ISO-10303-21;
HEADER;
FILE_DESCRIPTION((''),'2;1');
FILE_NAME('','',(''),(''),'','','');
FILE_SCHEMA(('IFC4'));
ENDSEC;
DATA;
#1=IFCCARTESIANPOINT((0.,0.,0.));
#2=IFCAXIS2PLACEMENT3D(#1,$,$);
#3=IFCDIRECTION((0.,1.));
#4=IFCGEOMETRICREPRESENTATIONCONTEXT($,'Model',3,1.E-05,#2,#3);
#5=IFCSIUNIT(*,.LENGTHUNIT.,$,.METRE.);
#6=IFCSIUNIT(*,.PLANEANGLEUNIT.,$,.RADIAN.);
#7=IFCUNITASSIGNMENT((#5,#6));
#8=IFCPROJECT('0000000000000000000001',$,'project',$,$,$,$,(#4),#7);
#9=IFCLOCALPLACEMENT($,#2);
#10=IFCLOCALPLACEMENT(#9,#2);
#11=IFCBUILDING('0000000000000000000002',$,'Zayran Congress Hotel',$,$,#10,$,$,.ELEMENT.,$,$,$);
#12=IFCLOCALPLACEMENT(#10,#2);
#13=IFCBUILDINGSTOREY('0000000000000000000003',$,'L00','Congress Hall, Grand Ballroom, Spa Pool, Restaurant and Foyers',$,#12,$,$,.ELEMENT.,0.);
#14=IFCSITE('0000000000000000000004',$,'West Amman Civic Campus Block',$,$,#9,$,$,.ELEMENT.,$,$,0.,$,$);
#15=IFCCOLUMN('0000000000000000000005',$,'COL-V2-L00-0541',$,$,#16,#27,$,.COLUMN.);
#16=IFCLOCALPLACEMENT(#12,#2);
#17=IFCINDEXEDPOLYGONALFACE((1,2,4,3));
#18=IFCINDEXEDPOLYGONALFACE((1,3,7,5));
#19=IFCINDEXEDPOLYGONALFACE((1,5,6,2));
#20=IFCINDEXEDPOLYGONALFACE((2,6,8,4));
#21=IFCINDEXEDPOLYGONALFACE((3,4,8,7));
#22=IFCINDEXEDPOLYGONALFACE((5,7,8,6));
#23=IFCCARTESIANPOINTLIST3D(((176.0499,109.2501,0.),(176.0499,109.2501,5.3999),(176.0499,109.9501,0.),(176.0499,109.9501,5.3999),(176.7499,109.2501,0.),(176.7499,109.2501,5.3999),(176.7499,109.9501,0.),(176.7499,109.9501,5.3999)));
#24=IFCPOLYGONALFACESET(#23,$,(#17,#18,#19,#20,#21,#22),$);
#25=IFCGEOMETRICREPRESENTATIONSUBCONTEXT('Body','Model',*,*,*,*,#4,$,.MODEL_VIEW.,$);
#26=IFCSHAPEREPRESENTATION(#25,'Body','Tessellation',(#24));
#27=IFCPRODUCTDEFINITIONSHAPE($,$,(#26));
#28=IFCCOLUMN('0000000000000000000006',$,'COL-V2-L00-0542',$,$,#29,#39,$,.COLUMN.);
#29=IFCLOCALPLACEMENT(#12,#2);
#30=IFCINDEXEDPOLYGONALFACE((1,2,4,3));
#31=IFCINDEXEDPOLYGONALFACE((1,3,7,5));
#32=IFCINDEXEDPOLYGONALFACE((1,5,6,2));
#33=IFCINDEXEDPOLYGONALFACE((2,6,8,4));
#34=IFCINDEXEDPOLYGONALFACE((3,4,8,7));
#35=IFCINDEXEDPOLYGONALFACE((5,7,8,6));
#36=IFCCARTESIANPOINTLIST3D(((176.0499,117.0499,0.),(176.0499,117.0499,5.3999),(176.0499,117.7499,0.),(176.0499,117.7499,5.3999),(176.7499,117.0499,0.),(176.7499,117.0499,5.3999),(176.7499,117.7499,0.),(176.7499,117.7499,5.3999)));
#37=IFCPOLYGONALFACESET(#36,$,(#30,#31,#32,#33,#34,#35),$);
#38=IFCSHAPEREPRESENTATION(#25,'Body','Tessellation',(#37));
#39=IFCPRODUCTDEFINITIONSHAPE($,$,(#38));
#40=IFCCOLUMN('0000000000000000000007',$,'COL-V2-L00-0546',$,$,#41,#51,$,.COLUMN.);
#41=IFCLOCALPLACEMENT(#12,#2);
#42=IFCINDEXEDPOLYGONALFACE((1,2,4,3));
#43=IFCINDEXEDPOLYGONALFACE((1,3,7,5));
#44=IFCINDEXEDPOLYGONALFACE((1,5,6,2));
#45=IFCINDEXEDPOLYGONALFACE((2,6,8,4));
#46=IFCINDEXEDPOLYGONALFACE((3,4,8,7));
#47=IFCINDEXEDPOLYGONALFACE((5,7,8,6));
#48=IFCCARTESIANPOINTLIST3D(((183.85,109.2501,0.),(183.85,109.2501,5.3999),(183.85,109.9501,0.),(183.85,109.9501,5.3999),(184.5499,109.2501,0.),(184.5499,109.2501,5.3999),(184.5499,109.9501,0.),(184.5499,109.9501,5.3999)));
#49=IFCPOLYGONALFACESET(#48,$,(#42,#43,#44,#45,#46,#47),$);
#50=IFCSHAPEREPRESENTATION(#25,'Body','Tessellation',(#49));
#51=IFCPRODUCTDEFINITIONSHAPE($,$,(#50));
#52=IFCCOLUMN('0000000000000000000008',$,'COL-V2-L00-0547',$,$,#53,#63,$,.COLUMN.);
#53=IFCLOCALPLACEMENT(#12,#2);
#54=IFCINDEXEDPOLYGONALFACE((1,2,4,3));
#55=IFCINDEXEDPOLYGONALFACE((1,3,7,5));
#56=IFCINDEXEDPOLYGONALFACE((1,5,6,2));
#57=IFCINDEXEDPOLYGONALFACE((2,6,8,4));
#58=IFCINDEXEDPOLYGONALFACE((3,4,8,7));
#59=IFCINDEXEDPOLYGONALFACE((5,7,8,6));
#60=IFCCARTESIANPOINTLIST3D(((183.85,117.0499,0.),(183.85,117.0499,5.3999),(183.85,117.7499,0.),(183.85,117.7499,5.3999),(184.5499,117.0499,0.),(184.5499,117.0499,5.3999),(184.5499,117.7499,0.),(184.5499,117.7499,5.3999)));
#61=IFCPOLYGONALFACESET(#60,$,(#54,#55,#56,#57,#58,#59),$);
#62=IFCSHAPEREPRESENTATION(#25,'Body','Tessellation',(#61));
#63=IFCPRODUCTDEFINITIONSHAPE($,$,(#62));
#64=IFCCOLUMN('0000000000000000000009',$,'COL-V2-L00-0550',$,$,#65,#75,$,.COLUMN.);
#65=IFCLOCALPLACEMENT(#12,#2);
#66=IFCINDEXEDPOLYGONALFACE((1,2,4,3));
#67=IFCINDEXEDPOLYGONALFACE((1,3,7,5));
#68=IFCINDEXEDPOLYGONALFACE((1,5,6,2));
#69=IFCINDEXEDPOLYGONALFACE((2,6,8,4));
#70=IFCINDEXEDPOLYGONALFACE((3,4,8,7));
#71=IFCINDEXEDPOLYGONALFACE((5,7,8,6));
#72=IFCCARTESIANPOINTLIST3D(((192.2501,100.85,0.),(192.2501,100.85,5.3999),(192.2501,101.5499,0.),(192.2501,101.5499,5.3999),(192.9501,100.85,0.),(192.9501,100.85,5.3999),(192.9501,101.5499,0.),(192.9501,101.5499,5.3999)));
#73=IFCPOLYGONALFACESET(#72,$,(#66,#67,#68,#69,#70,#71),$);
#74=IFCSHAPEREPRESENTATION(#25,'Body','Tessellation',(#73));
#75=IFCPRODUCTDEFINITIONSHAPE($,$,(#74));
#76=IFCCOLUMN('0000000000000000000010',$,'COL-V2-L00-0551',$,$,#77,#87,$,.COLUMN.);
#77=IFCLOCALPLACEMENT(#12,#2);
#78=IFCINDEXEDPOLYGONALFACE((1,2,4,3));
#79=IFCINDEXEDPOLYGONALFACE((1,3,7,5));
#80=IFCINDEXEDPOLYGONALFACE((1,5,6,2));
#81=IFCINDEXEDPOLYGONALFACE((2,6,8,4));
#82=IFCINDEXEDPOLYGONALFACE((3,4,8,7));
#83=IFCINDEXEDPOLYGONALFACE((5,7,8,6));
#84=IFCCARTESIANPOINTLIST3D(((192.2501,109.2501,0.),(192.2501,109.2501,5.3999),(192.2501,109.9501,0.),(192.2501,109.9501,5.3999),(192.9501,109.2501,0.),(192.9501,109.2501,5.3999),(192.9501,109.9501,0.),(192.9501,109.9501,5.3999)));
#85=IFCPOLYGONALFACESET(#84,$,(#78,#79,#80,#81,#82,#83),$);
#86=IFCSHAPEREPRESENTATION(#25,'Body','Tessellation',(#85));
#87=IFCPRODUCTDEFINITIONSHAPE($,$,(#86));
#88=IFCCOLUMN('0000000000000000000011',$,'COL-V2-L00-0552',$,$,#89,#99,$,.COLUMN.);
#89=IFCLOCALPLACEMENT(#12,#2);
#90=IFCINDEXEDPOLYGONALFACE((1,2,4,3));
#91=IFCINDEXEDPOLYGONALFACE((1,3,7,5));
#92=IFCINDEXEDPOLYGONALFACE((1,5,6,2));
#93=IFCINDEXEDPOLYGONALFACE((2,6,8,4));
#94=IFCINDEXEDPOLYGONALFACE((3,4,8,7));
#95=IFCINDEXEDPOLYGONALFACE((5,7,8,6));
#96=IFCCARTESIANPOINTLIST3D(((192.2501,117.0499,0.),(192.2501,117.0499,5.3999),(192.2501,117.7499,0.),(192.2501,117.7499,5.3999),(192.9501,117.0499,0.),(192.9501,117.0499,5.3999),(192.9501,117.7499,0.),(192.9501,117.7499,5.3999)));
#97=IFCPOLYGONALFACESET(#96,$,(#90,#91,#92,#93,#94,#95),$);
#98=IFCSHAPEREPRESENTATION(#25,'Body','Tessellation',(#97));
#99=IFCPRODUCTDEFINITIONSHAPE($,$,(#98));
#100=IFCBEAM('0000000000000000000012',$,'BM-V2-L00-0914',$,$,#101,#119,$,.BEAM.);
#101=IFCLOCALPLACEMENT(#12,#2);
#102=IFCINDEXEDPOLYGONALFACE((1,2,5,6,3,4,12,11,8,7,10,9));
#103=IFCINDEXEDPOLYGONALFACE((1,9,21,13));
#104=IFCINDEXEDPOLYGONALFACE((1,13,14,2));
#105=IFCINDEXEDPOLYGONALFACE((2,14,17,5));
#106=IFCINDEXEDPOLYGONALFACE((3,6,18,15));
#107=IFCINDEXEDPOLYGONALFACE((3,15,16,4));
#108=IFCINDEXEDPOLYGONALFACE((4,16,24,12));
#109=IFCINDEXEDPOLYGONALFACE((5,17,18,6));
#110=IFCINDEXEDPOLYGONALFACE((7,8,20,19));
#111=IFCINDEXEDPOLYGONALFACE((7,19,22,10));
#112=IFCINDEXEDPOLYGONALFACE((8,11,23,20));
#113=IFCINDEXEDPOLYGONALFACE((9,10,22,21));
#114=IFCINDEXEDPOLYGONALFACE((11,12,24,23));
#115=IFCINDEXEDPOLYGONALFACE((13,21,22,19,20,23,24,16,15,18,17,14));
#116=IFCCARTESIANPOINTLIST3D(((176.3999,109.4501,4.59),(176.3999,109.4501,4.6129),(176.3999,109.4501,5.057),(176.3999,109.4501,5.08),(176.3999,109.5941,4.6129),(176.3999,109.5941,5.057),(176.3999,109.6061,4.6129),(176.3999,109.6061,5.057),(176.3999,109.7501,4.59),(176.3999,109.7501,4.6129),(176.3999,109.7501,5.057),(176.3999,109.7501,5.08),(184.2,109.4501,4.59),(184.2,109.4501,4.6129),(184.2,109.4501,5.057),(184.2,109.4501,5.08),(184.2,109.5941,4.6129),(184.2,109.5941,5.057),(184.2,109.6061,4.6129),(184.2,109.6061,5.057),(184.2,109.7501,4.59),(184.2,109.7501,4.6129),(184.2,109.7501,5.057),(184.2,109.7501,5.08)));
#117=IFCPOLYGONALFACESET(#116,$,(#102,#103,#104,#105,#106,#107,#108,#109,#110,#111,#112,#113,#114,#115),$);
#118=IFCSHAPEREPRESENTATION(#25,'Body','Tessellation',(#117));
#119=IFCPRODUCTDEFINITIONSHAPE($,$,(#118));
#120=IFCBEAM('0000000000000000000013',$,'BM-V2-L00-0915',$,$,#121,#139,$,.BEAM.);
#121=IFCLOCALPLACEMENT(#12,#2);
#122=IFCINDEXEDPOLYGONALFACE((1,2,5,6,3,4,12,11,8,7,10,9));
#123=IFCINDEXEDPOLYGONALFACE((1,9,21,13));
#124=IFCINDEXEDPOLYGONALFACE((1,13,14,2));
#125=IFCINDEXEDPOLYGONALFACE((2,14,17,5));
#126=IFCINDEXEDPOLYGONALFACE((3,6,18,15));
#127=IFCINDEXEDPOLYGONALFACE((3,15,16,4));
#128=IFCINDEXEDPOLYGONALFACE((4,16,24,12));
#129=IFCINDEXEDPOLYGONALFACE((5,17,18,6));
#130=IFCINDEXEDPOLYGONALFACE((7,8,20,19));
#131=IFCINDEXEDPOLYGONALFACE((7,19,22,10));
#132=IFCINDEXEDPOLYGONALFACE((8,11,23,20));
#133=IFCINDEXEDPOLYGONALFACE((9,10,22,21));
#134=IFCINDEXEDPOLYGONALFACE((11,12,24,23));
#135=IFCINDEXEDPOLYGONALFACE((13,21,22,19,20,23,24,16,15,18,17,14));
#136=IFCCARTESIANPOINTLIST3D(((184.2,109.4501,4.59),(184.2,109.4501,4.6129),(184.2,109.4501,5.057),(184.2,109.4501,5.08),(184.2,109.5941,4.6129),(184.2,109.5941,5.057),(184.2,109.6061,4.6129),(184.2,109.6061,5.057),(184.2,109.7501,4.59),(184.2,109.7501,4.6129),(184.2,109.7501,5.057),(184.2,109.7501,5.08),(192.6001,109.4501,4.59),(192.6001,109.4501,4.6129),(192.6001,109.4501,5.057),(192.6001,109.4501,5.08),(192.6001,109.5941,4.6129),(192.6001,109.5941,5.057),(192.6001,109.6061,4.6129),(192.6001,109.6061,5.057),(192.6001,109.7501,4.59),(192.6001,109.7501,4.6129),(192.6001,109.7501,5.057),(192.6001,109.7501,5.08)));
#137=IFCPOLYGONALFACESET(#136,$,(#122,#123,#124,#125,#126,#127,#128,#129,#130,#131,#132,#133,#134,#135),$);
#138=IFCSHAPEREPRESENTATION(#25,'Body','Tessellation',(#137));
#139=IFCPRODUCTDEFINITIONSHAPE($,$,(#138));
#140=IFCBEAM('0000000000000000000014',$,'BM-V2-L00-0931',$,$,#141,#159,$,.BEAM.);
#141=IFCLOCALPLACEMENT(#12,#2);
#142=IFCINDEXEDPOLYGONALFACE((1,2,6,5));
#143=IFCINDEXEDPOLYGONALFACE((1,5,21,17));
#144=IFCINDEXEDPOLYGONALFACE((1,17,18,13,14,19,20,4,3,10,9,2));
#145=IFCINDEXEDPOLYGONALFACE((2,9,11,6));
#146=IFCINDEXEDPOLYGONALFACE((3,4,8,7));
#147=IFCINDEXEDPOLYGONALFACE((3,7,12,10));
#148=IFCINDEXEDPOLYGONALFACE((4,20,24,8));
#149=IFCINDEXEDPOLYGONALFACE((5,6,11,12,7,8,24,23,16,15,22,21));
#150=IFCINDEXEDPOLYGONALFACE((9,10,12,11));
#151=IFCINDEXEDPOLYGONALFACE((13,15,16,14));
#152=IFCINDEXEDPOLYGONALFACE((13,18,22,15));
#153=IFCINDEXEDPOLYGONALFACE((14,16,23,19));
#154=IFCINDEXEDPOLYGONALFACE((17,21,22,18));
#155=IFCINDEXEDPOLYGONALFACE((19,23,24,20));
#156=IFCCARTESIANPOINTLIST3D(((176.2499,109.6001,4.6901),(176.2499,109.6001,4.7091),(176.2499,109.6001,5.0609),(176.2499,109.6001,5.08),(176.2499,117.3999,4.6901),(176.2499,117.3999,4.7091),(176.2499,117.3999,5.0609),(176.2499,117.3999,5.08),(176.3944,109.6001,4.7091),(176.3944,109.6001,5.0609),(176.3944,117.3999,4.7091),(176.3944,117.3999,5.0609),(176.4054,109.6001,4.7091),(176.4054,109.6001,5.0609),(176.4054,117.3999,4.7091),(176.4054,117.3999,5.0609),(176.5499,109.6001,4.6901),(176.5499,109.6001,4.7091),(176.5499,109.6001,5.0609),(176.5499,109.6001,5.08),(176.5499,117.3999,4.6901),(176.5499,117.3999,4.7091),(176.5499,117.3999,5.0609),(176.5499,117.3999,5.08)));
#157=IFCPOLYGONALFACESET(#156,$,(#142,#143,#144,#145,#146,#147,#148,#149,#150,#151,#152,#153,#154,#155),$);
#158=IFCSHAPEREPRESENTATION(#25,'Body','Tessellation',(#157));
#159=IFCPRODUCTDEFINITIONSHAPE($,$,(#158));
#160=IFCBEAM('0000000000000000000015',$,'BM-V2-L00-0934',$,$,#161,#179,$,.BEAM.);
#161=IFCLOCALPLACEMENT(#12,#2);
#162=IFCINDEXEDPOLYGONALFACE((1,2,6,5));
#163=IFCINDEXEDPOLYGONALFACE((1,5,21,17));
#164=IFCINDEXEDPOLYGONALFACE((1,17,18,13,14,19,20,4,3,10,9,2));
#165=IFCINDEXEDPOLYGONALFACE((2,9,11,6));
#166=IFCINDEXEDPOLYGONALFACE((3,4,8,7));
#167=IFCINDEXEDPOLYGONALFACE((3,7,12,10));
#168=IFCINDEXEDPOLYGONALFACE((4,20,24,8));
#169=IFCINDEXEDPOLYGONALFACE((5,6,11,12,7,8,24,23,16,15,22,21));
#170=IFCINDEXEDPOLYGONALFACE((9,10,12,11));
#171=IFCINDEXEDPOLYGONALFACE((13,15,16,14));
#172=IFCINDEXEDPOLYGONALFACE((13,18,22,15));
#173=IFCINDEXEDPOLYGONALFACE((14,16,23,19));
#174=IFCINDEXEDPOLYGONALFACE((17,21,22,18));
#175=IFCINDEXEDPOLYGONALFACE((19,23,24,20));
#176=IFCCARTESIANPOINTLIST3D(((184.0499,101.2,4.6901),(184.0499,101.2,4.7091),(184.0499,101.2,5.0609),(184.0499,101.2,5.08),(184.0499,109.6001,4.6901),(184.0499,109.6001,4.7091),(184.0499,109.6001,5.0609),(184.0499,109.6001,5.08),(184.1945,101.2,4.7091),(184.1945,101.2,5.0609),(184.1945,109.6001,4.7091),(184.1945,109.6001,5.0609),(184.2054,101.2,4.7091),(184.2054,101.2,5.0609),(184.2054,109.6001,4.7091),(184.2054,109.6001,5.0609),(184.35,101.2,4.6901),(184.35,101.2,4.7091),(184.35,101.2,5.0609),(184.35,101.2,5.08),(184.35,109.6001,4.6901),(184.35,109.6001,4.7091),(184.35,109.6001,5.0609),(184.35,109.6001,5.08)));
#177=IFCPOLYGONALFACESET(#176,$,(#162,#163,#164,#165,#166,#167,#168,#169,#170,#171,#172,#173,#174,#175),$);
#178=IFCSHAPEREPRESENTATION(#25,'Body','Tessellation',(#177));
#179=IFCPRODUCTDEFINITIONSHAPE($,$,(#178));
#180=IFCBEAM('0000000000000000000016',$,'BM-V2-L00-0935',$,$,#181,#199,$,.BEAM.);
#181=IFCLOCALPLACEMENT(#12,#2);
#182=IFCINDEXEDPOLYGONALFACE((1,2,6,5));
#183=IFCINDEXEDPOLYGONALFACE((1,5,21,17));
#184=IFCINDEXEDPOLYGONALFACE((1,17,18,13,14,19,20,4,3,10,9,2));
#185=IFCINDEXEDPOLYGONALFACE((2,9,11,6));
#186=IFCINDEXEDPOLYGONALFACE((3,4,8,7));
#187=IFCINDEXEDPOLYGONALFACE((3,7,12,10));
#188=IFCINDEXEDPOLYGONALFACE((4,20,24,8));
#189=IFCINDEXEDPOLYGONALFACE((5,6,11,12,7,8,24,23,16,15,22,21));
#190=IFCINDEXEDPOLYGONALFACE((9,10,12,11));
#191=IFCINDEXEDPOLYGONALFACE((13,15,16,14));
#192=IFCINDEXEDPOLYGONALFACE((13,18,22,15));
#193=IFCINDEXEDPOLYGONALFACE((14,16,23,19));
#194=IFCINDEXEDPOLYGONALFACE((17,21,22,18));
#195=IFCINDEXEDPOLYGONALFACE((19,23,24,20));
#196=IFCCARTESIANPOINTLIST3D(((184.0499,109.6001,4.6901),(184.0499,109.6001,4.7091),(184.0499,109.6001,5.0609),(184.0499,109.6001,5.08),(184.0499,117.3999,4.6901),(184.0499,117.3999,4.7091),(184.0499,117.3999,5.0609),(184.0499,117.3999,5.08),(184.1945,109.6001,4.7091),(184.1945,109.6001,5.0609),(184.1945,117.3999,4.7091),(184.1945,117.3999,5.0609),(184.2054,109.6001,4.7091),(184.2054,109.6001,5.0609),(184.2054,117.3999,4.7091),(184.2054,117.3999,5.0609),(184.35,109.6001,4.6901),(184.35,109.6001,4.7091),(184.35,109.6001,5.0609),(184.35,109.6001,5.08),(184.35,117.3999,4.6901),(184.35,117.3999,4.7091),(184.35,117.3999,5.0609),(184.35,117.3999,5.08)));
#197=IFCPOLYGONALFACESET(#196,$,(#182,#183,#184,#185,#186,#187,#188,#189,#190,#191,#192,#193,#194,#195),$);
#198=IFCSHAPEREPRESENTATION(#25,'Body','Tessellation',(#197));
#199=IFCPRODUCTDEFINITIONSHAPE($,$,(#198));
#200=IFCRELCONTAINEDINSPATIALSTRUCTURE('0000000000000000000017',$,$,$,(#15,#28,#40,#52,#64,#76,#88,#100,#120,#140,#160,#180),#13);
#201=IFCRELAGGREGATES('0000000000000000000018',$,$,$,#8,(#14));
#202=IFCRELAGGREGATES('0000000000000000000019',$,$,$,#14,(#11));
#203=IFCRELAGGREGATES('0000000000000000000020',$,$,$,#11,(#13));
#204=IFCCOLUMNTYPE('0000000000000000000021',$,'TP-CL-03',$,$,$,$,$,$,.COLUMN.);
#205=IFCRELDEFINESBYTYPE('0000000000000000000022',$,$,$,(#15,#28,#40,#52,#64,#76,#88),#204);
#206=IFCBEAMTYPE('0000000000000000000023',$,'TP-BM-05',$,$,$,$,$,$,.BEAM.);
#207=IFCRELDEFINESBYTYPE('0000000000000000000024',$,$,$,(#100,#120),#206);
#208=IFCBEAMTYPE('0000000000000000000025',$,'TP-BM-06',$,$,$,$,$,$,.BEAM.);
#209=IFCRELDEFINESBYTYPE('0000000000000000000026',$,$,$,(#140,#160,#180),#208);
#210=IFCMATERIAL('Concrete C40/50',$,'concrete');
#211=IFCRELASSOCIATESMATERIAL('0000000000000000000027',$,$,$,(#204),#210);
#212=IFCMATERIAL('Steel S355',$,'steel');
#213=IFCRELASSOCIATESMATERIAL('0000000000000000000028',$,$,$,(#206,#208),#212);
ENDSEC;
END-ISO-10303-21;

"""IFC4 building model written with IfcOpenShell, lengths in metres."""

from ifc_helpers import new_model, si_unit, direction, frame, origin, origin_2d, place, context, subcontext, project, spatial, rectangle, i_section, extrude, material, material_profile, profile_set, type_object, element, save


model = new_model("IFC4")

# Units and contexts
model_context = context("Model", 3, precision=1e-05, world=origin(), true_north=direction((0.0, 1.0)))
body_context = subcontext(model_context, "Body", "Model", "MODEL_VIEW")
ifc_project = project(units=[si_unit("LENGTHUNIT", "METRE"), si_unit("PLANEANGLEUNIT", "RADIAN")], contexts=[model_context])

# Site, building, storey
site_placement = place(None, origin())
site = spatial("IfcSite", under=ifc_project, at=site_placement, Name="West Amman Civic Campus Block", CompositionType="ELEMENT", RefElevation=0.0)
building_placement = place(site_placement, origin())
building = spatial("IfcBuilding", under=site, at=building_placement, Name="Zayran Congress Hotel", CompositionType="ELEMENT")
storey_placement = place(building_placement, origin())
storey = spatial("IfcBuildingStorey", under=building, at=storey_placement, Name="L00", Description="Congress Hall, Grand Ballroom, Spa Pool, Restaurant and Foyers", CompositionType="ELEMENT", Elevation=0.0)

# Columns
ifc_material_1 = material(Name="Concrete C40/50", Category="concrete")
ifc_material_profile_1 = material_profile(ifc_material_1, rectangle(XDim=0.7, YDim=0.7, at=origin_2d()), Name="RC 700x700")
ifc_profile_set_1 = profile_set([ifc_material_profile_1], Name="Concrete C40/50")
column_type = type_object("IfcColumnType", Name="TP-CL-03", PredefinedType="COLUMN", material=ifc_profile_set_1)
for number, where, z_axis, x_axis, name in (
    (1, (176.3999, 109.6001, 0.0), (0.0, 0.0, 1.0), (1.0, 0.0, 0.0), "COL-V2-L00-0541"),
    (2, (176.3999, 117.3999, 0.0), (0.0, 0.0, 1.0), (1.0, 0.0, 0.0), "COL-V2-L00-0542"),
    (3, (184.2, 109.6001, 0.0), (0.0, 0.0, 1.0), (1.0, 0.0, 0.0), "COL-V2-L00-0546"),
    (4, (184.2, 117.3999, 0.0), (0.0, 0.0, 1.0), (1.0, 0.0, 0.0), "COL-V2-L00-0547"),
    (5, (192.6001, 101.2, 0.0), (0.0, 0.0, 1.0), (1.0, 0.0, 0.0), "COL-V2-L00-0550"),
    (6, (192.6001, 109.6001, 0.0), (0.0, 0.0, 1.0), (1.0, 0.0, 0.0), "COL-V2-L00-0551"),
    (7, (192.6001, 117.3999, 0.0), (0.0, 0.0, 1.0), (1.0, 0.0, 0.0), "COL-V2-L00-0552"),
):
    element("IfcColumn", number, at=place(storey_placement, frame(where, z_axis=z_axis, x_axis=x_axis)), inside=storey, type_object=column_type, Name=name, PredefinedType="COLUMN", context=body_context, shape_type="SweptSolid", body=[
        extrude(rectangle(XDim=0.7, YDim=0.7, at=origin_2d()), origin(), (0.0, 0.0, 1.0), 5.3999),
    ])

# Beams
ifc_material_2 = material(Name="Steel S355", Category="steel")
ifc_material_profile_2 = material_profile(ifc_material_2, i_section(OverallWidth=0.3, OverallDepth=0.49, WebThickness=0.012, FlangeThickness=0.0229, at=origin_2d()), Name="HEA 500")
ifc_profile_set_2 = profile_set([ifc_material_profile_2], Name="Steel S355")
beam_type_1 = type_object("IfcBeamType", Name="TP-BM-05", PredefinedType="BEAM", material=ifc_profile_set_2)
beam_1_placement = place(storey_placement, frame((176.3999, 109.6001, 4.835), z_axis=(1.0, 0.0, 0.0), x_axis=(0.0, 1.0, 0.0)))
element("IfcBeam", 8, at=beam_1_placement, inside=storey, type_object=beam_type_1, Name="BM-V2-L00-0914", PredefinedType="BEAM", context=body_context, shape_type="SweptSolid", body=[
    extrude(i_section(OverallWidth=0.3, OverallDepth=0.49, WebThickness=0.012, FlangeThickness=0.0229, at=origin_2d()), origin(), (0.0, 0.0, 1.0), 7.8),
])
beam_2_placement = place(storey_placement, frame((184.2, 109.6001, 4.835), z_axis=(1.0, 0.0, 0.0), x_axis=(0.0, 1.0, 0.0)))
element("IfcBeam", 9, at=beam_2_placement, inside=storey, type_object=beam_type_1, Name="BM-V2-L00-0915", PredefinedType="BEAM", context=body_context, shape_type="SweptSolid", body=[
    extrude(i_section(OverallWidth=0.3, OverallDepth=0.49, WebThickness=0.012, FlangeThickness=0.0229, at=origin_2d()), origin(), (0.0, 0.0, 1.0), 8.4001),
])
ifc_material_profile_3 = material_profile(ifc_material_2, i_section(OverallWidth=0.3, OverallDepth=0.3899, WebThickness=0.011, FlangeThickness=0.019, at=origin_2d()), Name="HEA 400")
ifc_profile_set_3 = profile_set([ifc_material_profile_3], Name="Steel S355")
beam_type_2 = type_object("IfcBeamType", Name="TP-BM-06", PredefinedType="BEAM", material=ifc_profile_set_3)
beam_3_placement = place(storey_placement, frame((176.3999, 109.6001, 4.885), z_axis=(0.0, 1.0, 0.0), x_axis=(-1.0, 0.0, 0.0)))
element("IfcBeam", 10, at=beam_3_placement, inside=storey, type_object=beam_type_2, Name="BM-V2-L00-0931", PredefinedType="BEAM", context=body_context, shape_type="SweptSolid", body=[
    extrude(i_section(OverallWidth=0.3, OverallDepth=0.3899, WebThickness=0.011, FlangeThickness=0.019, at=origin_2d()), origin(), (0.0, 0.0, 1.0), 7.7998),
])
beam_4_placement = place(storey_placement, frame((184.2, 101.2, 4.885), z_axis=(0.0, 1.0, 0.0), x_axis=(-1.0, 0.0, 0.0)))
element("IfcBeam", 11, at=beam_4_placement, inside=storey, type_object=beam_type_2, Name="BM-V2-L00-0934", PredefinedType="BEAM", context=body_context, shape_type="SweptSolid", body=[
    extrude(i_section(OverallWidth=0.3, OverallDepth=0.3899, WebThickness=0.011, FlangeThickness=0.019, at=origin_2d()), origin(), (0.0, 0.0, 1.0), 8.4001),
])
beam_5_placement = place(storey_placement, frame((184.2, 109.6001, 4.885), z_axis=(0.0, 1.0, 0.0), x_axis=(-1.0, 0.0, 0.0)))
element("IfcBeam", 12, at=beam_5_placement, inside=storey, type_object=beam_type_2, Name="BM-V2-L00-0935", PredefinedType="BEAM", context=body_context, shape_type="SweptSolid", body=[
    extrude(i_section(OverallWidth=0.3, OverallDepth=0.3899, WebThickness=0.011, FlangeThickness=0.019, at=origin_2d()), origin(), (0.0, 0.0, 1.0), 7.7998),
])

save(model, "model.ifc")
